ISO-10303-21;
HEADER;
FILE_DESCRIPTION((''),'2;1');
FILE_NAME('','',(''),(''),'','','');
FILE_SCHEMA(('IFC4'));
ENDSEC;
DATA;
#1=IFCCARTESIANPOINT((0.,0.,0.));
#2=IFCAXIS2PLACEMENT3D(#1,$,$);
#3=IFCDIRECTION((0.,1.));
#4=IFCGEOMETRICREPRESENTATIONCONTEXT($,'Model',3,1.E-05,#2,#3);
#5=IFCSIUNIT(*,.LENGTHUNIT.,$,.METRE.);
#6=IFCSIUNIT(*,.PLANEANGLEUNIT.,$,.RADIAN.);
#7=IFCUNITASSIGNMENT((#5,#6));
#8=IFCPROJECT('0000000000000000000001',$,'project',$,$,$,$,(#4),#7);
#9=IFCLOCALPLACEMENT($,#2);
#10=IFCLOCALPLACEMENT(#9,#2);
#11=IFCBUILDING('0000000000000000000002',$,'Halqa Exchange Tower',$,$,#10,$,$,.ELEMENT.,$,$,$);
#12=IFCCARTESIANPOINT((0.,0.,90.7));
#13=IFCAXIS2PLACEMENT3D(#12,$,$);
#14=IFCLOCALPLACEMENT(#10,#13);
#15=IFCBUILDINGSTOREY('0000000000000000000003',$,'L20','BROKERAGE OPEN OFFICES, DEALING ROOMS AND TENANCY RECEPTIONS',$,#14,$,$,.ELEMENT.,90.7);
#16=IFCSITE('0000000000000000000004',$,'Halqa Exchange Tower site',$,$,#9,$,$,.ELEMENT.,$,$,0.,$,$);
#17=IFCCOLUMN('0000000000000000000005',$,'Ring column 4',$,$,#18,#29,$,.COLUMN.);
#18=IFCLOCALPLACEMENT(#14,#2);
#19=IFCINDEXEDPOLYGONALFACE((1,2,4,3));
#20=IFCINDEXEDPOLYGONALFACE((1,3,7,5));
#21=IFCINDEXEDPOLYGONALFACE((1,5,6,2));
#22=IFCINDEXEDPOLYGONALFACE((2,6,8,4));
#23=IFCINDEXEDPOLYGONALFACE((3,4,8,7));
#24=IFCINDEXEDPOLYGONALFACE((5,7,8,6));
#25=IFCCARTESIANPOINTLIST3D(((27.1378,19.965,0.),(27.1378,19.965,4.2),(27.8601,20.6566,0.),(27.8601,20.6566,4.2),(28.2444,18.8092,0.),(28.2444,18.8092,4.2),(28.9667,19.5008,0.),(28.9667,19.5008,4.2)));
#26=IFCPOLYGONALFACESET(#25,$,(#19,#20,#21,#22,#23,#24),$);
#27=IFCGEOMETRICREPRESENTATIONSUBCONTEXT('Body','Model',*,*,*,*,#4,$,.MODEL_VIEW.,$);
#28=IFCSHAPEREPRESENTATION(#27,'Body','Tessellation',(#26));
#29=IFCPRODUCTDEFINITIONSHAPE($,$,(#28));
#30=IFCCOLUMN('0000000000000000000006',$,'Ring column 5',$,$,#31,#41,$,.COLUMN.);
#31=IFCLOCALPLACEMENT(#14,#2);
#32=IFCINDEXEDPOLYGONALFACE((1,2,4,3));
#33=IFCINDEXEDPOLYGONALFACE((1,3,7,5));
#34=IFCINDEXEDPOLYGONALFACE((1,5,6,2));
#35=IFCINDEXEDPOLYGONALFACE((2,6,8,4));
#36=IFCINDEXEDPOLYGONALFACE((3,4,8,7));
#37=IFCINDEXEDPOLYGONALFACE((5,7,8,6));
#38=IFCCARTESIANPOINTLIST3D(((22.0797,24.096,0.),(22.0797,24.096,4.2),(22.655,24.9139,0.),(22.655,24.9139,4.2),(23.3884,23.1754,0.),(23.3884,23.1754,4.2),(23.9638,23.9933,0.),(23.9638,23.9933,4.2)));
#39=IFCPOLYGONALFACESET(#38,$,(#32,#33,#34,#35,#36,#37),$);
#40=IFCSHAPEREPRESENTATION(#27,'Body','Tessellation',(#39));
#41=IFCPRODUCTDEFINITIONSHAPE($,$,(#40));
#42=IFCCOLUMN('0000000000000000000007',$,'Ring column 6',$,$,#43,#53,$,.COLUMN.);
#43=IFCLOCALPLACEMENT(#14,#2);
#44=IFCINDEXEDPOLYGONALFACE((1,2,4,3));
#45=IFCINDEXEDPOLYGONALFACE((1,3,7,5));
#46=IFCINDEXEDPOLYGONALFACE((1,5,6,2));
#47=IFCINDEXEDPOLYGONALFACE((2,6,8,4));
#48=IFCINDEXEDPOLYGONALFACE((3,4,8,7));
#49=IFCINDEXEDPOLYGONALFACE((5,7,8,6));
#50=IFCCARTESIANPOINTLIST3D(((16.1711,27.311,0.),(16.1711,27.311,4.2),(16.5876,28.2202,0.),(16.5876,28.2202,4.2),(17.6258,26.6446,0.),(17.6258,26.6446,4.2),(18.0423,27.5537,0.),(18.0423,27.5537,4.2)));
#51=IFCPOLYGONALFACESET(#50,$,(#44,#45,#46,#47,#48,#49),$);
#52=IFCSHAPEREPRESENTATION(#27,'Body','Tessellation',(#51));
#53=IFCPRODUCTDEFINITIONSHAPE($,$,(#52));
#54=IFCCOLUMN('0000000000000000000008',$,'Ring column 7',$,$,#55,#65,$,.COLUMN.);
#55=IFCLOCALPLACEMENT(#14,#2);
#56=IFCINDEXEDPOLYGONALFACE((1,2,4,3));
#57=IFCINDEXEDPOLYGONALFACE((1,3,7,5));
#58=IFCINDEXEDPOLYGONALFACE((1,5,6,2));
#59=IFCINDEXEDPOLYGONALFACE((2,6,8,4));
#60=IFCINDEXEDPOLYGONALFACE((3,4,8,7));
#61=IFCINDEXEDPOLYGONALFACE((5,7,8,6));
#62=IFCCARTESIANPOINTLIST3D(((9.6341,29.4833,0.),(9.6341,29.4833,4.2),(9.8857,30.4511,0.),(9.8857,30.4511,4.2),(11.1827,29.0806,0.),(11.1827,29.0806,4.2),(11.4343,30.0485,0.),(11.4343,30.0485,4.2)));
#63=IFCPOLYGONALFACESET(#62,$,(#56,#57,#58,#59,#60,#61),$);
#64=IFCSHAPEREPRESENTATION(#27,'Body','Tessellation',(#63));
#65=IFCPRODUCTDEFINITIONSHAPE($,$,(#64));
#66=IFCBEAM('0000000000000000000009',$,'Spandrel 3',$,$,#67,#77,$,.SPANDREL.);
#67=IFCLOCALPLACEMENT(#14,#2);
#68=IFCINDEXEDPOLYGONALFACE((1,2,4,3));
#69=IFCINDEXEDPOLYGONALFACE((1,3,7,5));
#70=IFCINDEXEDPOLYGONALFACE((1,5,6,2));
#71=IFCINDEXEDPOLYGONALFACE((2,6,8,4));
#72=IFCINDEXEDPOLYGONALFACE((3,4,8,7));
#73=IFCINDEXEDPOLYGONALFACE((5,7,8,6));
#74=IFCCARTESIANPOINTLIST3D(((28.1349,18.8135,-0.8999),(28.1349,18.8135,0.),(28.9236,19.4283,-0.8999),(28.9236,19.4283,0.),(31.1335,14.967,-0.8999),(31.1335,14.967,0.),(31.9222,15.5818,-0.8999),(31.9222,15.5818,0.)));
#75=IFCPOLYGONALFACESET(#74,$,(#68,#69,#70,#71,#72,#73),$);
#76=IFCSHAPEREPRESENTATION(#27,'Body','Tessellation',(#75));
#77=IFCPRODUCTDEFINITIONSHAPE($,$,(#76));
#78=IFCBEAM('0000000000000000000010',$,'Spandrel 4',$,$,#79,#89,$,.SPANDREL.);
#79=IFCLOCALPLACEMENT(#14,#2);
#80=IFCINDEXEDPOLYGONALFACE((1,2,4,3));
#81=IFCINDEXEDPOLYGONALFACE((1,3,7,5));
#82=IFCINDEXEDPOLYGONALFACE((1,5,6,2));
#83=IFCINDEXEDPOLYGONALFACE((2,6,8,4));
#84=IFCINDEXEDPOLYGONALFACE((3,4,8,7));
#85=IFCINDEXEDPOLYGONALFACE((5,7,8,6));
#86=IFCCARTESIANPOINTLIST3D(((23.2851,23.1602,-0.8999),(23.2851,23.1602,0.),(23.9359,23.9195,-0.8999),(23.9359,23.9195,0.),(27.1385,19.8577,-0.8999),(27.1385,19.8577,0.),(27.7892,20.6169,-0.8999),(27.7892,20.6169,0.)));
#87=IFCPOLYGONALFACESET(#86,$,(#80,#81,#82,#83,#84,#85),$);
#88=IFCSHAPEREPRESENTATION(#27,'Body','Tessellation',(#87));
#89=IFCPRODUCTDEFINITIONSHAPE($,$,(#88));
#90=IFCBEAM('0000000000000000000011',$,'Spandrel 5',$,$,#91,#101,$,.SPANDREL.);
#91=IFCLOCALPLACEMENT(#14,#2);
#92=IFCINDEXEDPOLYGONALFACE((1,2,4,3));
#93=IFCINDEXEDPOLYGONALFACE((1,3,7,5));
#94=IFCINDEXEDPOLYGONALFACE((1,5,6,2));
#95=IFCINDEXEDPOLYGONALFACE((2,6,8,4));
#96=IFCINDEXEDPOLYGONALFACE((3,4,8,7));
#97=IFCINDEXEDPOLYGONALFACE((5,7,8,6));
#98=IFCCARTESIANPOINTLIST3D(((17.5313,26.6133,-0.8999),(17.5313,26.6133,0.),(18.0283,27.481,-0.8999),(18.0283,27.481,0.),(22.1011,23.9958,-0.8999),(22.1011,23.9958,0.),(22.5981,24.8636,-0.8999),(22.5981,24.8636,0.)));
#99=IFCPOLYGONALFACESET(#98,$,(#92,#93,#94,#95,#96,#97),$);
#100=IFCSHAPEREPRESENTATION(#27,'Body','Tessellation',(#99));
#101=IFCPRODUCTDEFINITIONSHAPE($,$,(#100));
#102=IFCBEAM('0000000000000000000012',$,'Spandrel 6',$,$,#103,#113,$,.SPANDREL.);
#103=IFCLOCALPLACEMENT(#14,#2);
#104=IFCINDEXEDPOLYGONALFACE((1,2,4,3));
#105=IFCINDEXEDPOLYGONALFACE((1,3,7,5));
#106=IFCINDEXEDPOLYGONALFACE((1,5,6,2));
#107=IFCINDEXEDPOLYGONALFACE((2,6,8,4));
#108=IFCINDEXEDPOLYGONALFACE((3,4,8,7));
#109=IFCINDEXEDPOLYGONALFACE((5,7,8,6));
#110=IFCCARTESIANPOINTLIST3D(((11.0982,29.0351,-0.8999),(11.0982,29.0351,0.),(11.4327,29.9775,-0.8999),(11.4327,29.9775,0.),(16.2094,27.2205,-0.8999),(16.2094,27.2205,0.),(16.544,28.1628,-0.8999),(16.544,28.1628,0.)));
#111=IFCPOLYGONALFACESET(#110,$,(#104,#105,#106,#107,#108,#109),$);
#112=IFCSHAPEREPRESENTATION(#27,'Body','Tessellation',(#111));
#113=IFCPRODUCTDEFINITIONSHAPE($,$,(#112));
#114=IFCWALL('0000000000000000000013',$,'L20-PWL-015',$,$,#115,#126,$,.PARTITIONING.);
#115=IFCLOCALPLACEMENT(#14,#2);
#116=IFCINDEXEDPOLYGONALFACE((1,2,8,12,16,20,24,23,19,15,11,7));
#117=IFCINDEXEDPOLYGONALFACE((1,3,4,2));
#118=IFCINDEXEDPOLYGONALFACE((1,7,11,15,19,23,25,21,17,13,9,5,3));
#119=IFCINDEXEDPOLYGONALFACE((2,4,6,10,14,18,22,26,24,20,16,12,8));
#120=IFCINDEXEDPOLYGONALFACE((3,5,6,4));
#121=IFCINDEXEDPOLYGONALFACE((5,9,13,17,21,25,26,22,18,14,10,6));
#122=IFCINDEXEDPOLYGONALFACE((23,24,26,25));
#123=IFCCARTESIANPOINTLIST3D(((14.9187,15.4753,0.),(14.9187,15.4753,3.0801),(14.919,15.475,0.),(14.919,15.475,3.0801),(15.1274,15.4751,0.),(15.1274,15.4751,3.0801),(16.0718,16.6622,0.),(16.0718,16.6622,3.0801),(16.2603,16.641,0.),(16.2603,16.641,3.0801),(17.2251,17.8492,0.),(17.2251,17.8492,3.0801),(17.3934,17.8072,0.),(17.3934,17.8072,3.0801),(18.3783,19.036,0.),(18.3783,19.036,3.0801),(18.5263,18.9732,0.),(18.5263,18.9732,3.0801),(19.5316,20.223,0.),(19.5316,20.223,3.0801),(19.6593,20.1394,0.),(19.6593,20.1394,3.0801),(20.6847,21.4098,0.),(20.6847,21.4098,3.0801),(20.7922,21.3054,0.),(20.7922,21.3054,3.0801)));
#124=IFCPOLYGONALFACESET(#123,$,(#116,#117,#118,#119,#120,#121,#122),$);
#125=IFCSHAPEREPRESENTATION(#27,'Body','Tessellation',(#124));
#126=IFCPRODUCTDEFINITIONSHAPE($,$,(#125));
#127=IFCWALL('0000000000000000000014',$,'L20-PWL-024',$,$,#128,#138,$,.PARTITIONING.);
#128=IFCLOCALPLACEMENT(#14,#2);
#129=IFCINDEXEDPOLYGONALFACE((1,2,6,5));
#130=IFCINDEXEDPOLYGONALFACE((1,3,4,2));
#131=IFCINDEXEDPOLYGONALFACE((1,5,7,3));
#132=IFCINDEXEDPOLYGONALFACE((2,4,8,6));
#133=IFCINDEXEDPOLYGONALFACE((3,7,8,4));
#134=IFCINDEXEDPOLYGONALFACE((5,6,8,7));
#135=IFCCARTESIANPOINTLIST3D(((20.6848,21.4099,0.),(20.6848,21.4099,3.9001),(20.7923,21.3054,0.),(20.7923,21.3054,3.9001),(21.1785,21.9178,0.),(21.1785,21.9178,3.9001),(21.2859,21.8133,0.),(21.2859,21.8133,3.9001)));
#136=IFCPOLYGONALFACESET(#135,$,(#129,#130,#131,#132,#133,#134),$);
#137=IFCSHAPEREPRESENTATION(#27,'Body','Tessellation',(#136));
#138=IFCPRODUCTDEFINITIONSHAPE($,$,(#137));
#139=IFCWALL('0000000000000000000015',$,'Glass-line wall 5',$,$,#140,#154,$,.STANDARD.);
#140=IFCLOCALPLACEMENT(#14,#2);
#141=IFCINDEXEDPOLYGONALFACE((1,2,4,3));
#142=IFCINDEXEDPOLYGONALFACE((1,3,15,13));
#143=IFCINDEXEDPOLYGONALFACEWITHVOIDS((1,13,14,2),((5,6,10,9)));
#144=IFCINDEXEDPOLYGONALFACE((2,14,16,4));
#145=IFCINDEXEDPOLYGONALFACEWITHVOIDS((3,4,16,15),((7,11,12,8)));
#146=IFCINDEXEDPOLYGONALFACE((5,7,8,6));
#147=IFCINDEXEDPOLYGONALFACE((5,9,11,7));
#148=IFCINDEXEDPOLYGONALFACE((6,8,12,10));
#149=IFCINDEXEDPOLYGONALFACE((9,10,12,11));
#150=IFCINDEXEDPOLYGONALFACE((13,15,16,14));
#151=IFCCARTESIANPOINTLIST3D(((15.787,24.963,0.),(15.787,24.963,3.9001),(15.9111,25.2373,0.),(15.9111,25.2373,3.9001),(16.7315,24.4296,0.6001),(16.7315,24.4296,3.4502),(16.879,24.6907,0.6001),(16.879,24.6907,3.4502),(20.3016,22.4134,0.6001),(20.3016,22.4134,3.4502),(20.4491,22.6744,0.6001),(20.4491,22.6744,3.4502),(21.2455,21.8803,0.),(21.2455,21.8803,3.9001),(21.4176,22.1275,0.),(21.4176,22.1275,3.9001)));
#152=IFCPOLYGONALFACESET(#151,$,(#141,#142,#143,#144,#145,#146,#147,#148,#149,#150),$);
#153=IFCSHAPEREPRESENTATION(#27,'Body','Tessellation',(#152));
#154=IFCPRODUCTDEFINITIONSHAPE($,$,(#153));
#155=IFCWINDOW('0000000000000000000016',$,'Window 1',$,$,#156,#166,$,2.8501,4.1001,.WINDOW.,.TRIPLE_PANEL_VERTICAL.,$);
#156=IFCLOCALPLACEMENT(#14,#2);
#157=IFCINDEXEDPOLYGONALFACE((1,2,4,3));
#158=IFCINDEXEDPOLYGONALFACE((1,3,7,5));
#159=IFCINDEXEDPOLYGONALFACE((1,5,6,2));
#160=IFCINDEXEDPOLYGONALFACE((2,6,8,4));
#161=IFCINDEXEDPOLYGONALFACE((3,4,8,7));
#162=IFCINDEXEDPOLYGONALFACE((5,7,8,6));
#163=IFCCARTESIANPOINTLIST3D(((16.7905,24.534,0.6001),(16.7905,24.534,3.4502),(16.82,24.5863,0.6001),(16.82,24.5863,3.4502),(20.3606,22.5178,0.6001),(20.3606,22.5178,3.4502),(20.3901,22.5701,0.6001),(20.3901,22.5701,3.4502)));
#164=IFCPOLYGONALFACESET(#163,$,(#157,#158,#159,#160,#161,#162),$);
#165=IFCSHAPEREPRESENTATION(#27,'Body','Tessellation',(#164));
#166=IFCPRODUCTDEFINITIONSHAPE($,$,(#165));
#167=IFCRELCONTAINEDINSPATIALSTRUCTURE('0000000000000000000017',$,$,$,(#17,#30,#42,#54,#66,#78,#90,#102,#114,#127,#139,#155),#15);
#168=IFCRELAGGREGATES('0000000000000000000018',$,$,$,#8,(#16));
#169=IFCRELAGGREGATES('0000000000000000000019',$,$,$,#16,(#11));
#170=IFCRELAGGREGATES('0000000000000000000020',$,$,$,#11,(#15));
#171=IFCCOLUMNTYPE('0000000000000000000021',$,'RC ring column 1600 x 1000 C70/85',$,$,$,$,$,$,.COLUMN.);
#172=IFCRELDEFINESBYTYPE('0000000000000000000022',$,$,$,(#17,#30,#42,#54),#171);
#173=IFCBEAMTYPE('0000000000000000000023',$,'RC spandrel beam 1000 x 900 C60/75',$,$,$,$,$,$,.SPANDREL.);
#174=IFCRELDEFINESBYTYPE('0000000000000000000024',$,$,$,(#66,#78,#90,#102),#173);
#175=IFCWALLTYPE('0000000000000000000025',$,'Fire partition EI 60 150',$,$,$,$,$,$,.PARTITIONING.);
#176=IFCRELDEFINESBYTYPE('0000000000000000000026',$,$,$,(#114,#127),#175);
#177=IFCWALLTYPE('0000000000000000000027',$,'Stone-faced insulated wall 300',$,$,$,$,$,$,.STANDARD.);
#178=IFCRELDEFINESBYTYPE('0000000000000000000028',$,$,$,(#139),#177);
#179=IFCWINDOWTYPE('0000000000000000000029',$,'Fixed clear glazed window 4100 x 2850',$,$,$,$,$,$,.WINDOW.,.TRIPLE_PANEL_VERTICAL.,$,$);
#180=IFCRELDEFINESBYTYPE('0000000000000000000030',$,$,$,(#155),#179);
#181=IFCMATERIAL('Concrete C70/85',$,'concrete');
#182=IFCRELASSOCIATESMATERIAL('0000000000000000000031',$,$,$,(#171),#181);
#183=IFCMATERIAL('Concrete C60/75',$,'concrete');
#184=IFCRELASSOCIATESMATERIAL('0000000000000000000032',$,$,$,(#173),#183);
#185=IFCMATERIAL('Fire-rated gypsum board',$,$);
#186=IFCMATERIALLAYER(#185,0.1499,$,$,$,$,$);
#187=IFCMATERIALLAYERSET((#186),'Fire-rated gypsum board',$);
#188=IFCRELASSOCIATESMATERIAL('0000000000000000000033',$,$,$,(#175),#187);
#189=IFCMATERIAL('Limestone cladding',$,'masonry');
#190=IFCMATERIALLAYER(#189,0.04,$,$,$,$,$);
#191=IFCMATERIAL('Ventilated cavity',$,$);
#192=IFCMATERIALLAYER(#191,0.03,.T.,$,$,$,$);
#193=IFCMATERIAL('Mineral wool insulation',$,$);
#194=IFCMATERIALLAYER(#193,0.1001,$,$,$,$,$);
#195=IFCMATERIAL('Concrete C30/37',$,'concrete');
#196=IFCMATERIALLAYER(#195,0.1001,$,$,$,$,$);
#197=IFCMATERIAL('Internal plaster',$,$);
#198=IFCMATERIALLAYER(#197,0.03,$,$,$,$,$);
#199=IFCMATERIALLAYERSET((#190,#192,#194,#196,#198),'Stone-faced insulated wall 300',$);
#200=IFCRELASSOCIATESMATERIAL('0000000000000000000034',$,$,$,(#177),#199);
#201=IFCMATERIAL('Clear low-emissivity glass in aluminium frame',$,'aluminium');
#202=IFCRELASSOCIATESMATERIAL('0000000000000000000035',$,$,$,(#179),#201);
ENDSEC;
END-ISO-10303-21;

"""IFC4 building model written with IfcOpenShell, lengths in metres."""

from ifc_helpers import new_model, si_unit, direction, frame, frame_2d, origin, origin_2d, place, context, subcontext, project, spatial, polyline, rectangle, outline, extrude, material, layer, layer_set, material_profile, profile_set, type_object, element, fill, save


model = new_model("IFC4")

# Units and contexts
model_context = context("Model", 3, precision=1e-05, world=origin(), true_north=direction((0.0, 1.0)))
body_context = subcontext(model_context, "Body", "Model", "MODEL_VIEW")
ifc_project = project(units=[si_unit("LENGTHUNIT", "METRE"), si_unit("PLANEANGLEUNIT", "RADIAN")], contexts=[model_context])

# Site, building, storey
site_placement = place(None, origin())
site = spatial("IfcSite", under=ifc_project, at=site_placement, Name="Halqa Exchange Tower site", CompositionType="ELEMENT", RefElevation=0.0)
building_placement = place(site_placement, origin())
building = spatial("IfcBuilding", under=site, at=building_placement, Name="Halqa Exchange Tower", CompositionType="ELEMENT")
storey_placement = place(building_placement, frame((0.0, 0.0, 90.7)))
storey = spatial("IfcBuildingStorey", under=building, at=storey_placement, Name="L20", Description="BROKERAGE OPEN OFFICES, DEALING ROOMS AND TENANCY RECEPTIONS", CompositionType="ELEMENT", Elevation=90.7)

# Columns
ifc_material_1 = material(Name="Concrete C70/85", Category="concrete")
ifc_material_profile_1 = material_profile(ifc_material_1, rectangle(XDim=1.6001, YDim=1.0, at=origin_2d()), Name="1600 x 1000")
ifc_profile_set_1 = profile_set([ifc_material_profile_1], Name="Concrete C70/85")
column_type = type_object("IfcColumnType", Name="RC ring column 1600 x 1000 C70/85", PredefinedType="COLUMN", material=ifc_profile_set_1)
for number, where, z_axis, x_axis, name in (
    (1, (28.0522, 19.7329, 0.0), (0.0, 0.0, 1.0), (-0.691576, 0.722304, 0.0), "Ring column 4"),
    (2, (23.0217, 24.0447, 0.0), (0.0, 0.0, 1.0), (-0.817909, 0.575348, 0.0), "Ring column 5"),
    (3, (17.1067, 27.4324, 0.0), (0.0, 0.0, 1.0), (-0.909126, 0.41652, 0.0), "Ring column 6"),
    (4, (10.5342, 29.7659, 0.0), (0.0, 0.0, 1.0), (-0.96782, 0.251644, 0.0), "Ring column 7"),
):
    element("IfcColumn", number, at=place(storey_placement, frame(where, z_axis=z_axis, x_axis=x_axis)), inside=storey, type_object=column_type, Name=name, PredefinedType="COLUMN", context=body_context, shape_type="SweptSolid", body=[
        extrude(rectangle(XDim=1.6001, YDim=1.0, at=origin_2d()), origin(), (0.0, 0.0, 1.0), 4.2),
    ])

# Beams
ifc_material_2 = material(Name="Concrete C60/75", Category="concrete")
ifc_material_profile_2 = material_profile(ifc_material_2, rectangle(XDim=1.0, YDim=0.8999, at=origin_2d()), Name="1000 x 900")
ifc_profile_set_2 = profile_set([ifc_material_profile_2], Name="Concrete C60/75")
beam_type = type_object("IfcBeamType", Name="RC spandrel beam 1000 x 900 C60/75", PredefinedType="SPANDREL", material=ifc_profile_set_2)
beam_1_placement = place(storey_placement, frame((31.5278, 15.2744, -0.45), z_axis=(-0.614817, 0.78867, 0.0), x_axis=(-0.78867, -0.614817, 0.0)))
element("IfcBeam", 5, at=beam_1_placement, inside=storey, type_object=beam_type, Name="Spandrel 3", PredefinedType="SPANDREL", context=body_context, shape_type="SweptSolid", body=[
    extrude(rectangle(XDim=1.0, YDim=0.8999, at=origin_2d()), origin(), (0.0, 0.0, 1.0), 4.8772),
])
beam_2_placement = place(storey_placement, frame((27.4639, 20.2373, -0.45), z_axis=(-0.759287, 0.650756, 0.0), x_axis=(-0.650756, -0.759287, 0.0)))
element("IfcBeam", 6, at=beam_2_placement, inside=storey, type_object=beam_type, Name="Spandrel 4", PredefinedType="SPANDREL", context=body_context, shape_type="SweptSolid", body=[
    extrude(rectangle(XDim=1.0, YDim=0.8999, at=origin_2d()), origin(), (0.0, 0.0, 1.0), 5.075),
])
beam_3_placement = place(storey_placement, frame((22.3496, 24.4297, -0.45), z_axis=(-0.867743, 0.497012, 0.0), x_axis=(-0.497012, -0.867743, 0.0)))
element("IfcBeam", 7, at=beam_3_placement, inside=storey, type_object=beam_type, Name="Spandrel 5", PredefinedType="SPANDREL", context=body_context, shape_type="SweptSolid", body=[
    extrude(rectangle(XDim=1.0, YDim=0.8999, at=origin_2d()), origin(), (0.0, 0.0, 1.0), 5.2664),
])
beam_4_placement = place(storey_placement, frame((16.3767, 27.6917, -0.45), z_axis=(-0.94237, 0.334574, 0.0), x_axis=(-0.334574, -0.94237, 0.0)))
element("IfcBeam", 8, at=beam_4_placement, inside=storey, type_object=beam_type, Name="Spandrel 6", PredefinedType="SPANDREL", context=body_context, shape_type="SweptSolid", body=[
    extrude(rectangle(XDim=1.0, YDim=0.8999, at=origin_2d()), origin(), (0.0, 0.0, 1.0), 5.4238),
])

# Walls
ifc_material_3 = material(Name="Fire-rated gypsum board")
ifc_layer_1 = layer(ifc_material_3, 0.1499)
ifc_layer_set_1 = layer_set([ifc_layer_1], Name="Fire-rated gypsum board")
wall_type_1 = type_object("IfcWallType", Name="Fire partition EI 60 150", PredefinedType="PARTITIONING", material=ifc_layer_set_1)
wall_1_placement = place(storey_placement, frame((14.9724, 15.4231, 0.0), z_axis=(0.0, 0.0, 1.0), x_axis=(0.696854, 0.717213, 0.0)))
element("IfcWall", 9, at=wall_1_placement, inside=storey, type_object=wall_type_1, Name="L20-PWL-015", PredefinedType="PARTITIONING", context=body_context, shape_type="SweptSolid", body=[
    extrude(outline(polyline([(0.0, 0.075), (0.0, 0.0745), (0.1453, -0.075), (1.771, -0.075), (3.397, -0.075), (5.0227, -0.075), (6.6487, -0.075), (8.2744, -0.075), (8.2744, 0.075), (6.6196, 0.075), (4.9646, 0.075), (3.3098, 0.075), (1.6548, 0.075), (0.0, 0.075)])), origin(), (0.0, 0.0, 1.0), 3.0801),
])
wall_2_placement = place(storey_placement, frame((20.7385, 21.3577, 0.0), z_axis=(0.0, 0.0, 1.0), x_axis=(0.697039, 0.717033, 0.0)))
element("IfcWall", 10, at=wall_2_placement, inside=storey, type_object=wall_type_1, Name="L20-PWL-024", PredefinedType="PARTITIONING", context=body_context, shape_type="SweptSolid", body=[
    extrude(outline(polyline([(0.0, 0.075), (0.0, -0.075), (0.7083, -0.075), (0.7083, 0.075), (0.0, 0.075)])), origin(), (0.0, 0.0, 1.0), 3.9001),
])

# Shared definitions
ifc_material_4 = material(Name="Limestone cladding", Category="masonry")
ifc_layer_2 = layer(ifc_material_4, 0.04)
ifc_material_5 = material(Name="Ventilated cavity")
ifc_layer_3 = layer(ifc_material_5, 0.03, ventilated=True)
ifc_material_6 = material(Name="Mineral wool insulation")
ifc_layer_4 = layer(ifc_material_6, 0.1001)
ifc_material_7 = material(Name="Concrete C30/37", Category="concrete")
ifc_layer_5 = layer(ifc_material_7, 0.1001)
ifc_material_8 = material(Name="Internal plaster")
ifc_layer_6 = layer(ifc_material_8, 0.03)
ifc_layer_set_2 = layer_set([ifc_layer_2, ifc_layer_3, ifc_layer_4, ifc_layer_5, ifc_layer_6], Name="Stone-faced insulated wall 300")
wall_type_2 = type_object("IfcWallType", Name="Stone-faced insulated wall 300", PredefinedType="STANDARD", material=ifc_layer_set_2)
ifc_material_9 = material(Name="Clear low-emissivity glass in aluminium frame", Category="aluminium")

# Wall, opening, window
wall_3_placement = place(storey_placement, frame((21.3315, 22.0039, 0.0), z_axis=(0.0, 0.0, 1.0), x_axis=(-0.870738, 0.491748, 0.0)))
wall_3 = element("IfcWall", 11, at=wall_3_placement, inside=storey, type_object=wall_type_2, Name="Glass-line wall 5", PredefinedType="STANDARD", context=body_context, shape_type="SweptSolid", body=[
    extrude(outline(polyline([(-0.0142, -0.1499), (6.3098, -0.1499), (6.283, 0.1499), (0.0142, 0.1499), (-0.0142, -0.1499)])), origin(), (0.0, 0.0, 1.0), 3.9001),
])
opening_1_placement = place(wall_3_placement, frame((1.0981, 0.0, 0.6001)))
opening_1 = element("IfcOpeningElement", 12, at=opening_1_placement, cuts=wall_3, PredefinedType="OPENING", context=body_context, shape_type="SweptSolid", body=[
    extrude(rectangle(XDim=4.1001, YDim=2.8501, at=frame_2d((2.05, 1.425))), frame((0.0, 0.1621, 0.0), z_axis=(0.0, -1.0, 0.0), x_axis=(1.0, 0.0, 0.0)), (0.0, 0.0, 1.0), 0.324),
])
window_type = type_object("IfcWindowType", Name="Fixed clear glazed window 4100 x 2850", PartitioningType="TRIPLE_PANEL_VERTICAL", PredefinedType="WINDOW", material=ifc_material_9)
window_1_placement = place(opening_1_placement, origin())
window_1 = element("IfcWindow", 13, at=window_1_placement, inside=storey, type_object=window_type, Name="Window 1", OverallHeight=2.8501, OverallWidth=4.1001, PartitioningType="TRIPLE_PANEL_VERTICAL", PredefinedType="WINDOW", context=body_context, shape_type="SweptSolid", body=[
    extrude(rectangle(XDim=4.1001, YDim=2.8501, at=frame_2d((2.05, 1.425))), frame((0.0, 0.03, 0.0), z_axis=(0.0, -1.0, 0.0), x_axis=(1.0, 0.0, 0.0)), (0.0, 0.0, 1.0), 0.0601),
])
fill(opening_1, window_1)

save(model, "model.ifc")
